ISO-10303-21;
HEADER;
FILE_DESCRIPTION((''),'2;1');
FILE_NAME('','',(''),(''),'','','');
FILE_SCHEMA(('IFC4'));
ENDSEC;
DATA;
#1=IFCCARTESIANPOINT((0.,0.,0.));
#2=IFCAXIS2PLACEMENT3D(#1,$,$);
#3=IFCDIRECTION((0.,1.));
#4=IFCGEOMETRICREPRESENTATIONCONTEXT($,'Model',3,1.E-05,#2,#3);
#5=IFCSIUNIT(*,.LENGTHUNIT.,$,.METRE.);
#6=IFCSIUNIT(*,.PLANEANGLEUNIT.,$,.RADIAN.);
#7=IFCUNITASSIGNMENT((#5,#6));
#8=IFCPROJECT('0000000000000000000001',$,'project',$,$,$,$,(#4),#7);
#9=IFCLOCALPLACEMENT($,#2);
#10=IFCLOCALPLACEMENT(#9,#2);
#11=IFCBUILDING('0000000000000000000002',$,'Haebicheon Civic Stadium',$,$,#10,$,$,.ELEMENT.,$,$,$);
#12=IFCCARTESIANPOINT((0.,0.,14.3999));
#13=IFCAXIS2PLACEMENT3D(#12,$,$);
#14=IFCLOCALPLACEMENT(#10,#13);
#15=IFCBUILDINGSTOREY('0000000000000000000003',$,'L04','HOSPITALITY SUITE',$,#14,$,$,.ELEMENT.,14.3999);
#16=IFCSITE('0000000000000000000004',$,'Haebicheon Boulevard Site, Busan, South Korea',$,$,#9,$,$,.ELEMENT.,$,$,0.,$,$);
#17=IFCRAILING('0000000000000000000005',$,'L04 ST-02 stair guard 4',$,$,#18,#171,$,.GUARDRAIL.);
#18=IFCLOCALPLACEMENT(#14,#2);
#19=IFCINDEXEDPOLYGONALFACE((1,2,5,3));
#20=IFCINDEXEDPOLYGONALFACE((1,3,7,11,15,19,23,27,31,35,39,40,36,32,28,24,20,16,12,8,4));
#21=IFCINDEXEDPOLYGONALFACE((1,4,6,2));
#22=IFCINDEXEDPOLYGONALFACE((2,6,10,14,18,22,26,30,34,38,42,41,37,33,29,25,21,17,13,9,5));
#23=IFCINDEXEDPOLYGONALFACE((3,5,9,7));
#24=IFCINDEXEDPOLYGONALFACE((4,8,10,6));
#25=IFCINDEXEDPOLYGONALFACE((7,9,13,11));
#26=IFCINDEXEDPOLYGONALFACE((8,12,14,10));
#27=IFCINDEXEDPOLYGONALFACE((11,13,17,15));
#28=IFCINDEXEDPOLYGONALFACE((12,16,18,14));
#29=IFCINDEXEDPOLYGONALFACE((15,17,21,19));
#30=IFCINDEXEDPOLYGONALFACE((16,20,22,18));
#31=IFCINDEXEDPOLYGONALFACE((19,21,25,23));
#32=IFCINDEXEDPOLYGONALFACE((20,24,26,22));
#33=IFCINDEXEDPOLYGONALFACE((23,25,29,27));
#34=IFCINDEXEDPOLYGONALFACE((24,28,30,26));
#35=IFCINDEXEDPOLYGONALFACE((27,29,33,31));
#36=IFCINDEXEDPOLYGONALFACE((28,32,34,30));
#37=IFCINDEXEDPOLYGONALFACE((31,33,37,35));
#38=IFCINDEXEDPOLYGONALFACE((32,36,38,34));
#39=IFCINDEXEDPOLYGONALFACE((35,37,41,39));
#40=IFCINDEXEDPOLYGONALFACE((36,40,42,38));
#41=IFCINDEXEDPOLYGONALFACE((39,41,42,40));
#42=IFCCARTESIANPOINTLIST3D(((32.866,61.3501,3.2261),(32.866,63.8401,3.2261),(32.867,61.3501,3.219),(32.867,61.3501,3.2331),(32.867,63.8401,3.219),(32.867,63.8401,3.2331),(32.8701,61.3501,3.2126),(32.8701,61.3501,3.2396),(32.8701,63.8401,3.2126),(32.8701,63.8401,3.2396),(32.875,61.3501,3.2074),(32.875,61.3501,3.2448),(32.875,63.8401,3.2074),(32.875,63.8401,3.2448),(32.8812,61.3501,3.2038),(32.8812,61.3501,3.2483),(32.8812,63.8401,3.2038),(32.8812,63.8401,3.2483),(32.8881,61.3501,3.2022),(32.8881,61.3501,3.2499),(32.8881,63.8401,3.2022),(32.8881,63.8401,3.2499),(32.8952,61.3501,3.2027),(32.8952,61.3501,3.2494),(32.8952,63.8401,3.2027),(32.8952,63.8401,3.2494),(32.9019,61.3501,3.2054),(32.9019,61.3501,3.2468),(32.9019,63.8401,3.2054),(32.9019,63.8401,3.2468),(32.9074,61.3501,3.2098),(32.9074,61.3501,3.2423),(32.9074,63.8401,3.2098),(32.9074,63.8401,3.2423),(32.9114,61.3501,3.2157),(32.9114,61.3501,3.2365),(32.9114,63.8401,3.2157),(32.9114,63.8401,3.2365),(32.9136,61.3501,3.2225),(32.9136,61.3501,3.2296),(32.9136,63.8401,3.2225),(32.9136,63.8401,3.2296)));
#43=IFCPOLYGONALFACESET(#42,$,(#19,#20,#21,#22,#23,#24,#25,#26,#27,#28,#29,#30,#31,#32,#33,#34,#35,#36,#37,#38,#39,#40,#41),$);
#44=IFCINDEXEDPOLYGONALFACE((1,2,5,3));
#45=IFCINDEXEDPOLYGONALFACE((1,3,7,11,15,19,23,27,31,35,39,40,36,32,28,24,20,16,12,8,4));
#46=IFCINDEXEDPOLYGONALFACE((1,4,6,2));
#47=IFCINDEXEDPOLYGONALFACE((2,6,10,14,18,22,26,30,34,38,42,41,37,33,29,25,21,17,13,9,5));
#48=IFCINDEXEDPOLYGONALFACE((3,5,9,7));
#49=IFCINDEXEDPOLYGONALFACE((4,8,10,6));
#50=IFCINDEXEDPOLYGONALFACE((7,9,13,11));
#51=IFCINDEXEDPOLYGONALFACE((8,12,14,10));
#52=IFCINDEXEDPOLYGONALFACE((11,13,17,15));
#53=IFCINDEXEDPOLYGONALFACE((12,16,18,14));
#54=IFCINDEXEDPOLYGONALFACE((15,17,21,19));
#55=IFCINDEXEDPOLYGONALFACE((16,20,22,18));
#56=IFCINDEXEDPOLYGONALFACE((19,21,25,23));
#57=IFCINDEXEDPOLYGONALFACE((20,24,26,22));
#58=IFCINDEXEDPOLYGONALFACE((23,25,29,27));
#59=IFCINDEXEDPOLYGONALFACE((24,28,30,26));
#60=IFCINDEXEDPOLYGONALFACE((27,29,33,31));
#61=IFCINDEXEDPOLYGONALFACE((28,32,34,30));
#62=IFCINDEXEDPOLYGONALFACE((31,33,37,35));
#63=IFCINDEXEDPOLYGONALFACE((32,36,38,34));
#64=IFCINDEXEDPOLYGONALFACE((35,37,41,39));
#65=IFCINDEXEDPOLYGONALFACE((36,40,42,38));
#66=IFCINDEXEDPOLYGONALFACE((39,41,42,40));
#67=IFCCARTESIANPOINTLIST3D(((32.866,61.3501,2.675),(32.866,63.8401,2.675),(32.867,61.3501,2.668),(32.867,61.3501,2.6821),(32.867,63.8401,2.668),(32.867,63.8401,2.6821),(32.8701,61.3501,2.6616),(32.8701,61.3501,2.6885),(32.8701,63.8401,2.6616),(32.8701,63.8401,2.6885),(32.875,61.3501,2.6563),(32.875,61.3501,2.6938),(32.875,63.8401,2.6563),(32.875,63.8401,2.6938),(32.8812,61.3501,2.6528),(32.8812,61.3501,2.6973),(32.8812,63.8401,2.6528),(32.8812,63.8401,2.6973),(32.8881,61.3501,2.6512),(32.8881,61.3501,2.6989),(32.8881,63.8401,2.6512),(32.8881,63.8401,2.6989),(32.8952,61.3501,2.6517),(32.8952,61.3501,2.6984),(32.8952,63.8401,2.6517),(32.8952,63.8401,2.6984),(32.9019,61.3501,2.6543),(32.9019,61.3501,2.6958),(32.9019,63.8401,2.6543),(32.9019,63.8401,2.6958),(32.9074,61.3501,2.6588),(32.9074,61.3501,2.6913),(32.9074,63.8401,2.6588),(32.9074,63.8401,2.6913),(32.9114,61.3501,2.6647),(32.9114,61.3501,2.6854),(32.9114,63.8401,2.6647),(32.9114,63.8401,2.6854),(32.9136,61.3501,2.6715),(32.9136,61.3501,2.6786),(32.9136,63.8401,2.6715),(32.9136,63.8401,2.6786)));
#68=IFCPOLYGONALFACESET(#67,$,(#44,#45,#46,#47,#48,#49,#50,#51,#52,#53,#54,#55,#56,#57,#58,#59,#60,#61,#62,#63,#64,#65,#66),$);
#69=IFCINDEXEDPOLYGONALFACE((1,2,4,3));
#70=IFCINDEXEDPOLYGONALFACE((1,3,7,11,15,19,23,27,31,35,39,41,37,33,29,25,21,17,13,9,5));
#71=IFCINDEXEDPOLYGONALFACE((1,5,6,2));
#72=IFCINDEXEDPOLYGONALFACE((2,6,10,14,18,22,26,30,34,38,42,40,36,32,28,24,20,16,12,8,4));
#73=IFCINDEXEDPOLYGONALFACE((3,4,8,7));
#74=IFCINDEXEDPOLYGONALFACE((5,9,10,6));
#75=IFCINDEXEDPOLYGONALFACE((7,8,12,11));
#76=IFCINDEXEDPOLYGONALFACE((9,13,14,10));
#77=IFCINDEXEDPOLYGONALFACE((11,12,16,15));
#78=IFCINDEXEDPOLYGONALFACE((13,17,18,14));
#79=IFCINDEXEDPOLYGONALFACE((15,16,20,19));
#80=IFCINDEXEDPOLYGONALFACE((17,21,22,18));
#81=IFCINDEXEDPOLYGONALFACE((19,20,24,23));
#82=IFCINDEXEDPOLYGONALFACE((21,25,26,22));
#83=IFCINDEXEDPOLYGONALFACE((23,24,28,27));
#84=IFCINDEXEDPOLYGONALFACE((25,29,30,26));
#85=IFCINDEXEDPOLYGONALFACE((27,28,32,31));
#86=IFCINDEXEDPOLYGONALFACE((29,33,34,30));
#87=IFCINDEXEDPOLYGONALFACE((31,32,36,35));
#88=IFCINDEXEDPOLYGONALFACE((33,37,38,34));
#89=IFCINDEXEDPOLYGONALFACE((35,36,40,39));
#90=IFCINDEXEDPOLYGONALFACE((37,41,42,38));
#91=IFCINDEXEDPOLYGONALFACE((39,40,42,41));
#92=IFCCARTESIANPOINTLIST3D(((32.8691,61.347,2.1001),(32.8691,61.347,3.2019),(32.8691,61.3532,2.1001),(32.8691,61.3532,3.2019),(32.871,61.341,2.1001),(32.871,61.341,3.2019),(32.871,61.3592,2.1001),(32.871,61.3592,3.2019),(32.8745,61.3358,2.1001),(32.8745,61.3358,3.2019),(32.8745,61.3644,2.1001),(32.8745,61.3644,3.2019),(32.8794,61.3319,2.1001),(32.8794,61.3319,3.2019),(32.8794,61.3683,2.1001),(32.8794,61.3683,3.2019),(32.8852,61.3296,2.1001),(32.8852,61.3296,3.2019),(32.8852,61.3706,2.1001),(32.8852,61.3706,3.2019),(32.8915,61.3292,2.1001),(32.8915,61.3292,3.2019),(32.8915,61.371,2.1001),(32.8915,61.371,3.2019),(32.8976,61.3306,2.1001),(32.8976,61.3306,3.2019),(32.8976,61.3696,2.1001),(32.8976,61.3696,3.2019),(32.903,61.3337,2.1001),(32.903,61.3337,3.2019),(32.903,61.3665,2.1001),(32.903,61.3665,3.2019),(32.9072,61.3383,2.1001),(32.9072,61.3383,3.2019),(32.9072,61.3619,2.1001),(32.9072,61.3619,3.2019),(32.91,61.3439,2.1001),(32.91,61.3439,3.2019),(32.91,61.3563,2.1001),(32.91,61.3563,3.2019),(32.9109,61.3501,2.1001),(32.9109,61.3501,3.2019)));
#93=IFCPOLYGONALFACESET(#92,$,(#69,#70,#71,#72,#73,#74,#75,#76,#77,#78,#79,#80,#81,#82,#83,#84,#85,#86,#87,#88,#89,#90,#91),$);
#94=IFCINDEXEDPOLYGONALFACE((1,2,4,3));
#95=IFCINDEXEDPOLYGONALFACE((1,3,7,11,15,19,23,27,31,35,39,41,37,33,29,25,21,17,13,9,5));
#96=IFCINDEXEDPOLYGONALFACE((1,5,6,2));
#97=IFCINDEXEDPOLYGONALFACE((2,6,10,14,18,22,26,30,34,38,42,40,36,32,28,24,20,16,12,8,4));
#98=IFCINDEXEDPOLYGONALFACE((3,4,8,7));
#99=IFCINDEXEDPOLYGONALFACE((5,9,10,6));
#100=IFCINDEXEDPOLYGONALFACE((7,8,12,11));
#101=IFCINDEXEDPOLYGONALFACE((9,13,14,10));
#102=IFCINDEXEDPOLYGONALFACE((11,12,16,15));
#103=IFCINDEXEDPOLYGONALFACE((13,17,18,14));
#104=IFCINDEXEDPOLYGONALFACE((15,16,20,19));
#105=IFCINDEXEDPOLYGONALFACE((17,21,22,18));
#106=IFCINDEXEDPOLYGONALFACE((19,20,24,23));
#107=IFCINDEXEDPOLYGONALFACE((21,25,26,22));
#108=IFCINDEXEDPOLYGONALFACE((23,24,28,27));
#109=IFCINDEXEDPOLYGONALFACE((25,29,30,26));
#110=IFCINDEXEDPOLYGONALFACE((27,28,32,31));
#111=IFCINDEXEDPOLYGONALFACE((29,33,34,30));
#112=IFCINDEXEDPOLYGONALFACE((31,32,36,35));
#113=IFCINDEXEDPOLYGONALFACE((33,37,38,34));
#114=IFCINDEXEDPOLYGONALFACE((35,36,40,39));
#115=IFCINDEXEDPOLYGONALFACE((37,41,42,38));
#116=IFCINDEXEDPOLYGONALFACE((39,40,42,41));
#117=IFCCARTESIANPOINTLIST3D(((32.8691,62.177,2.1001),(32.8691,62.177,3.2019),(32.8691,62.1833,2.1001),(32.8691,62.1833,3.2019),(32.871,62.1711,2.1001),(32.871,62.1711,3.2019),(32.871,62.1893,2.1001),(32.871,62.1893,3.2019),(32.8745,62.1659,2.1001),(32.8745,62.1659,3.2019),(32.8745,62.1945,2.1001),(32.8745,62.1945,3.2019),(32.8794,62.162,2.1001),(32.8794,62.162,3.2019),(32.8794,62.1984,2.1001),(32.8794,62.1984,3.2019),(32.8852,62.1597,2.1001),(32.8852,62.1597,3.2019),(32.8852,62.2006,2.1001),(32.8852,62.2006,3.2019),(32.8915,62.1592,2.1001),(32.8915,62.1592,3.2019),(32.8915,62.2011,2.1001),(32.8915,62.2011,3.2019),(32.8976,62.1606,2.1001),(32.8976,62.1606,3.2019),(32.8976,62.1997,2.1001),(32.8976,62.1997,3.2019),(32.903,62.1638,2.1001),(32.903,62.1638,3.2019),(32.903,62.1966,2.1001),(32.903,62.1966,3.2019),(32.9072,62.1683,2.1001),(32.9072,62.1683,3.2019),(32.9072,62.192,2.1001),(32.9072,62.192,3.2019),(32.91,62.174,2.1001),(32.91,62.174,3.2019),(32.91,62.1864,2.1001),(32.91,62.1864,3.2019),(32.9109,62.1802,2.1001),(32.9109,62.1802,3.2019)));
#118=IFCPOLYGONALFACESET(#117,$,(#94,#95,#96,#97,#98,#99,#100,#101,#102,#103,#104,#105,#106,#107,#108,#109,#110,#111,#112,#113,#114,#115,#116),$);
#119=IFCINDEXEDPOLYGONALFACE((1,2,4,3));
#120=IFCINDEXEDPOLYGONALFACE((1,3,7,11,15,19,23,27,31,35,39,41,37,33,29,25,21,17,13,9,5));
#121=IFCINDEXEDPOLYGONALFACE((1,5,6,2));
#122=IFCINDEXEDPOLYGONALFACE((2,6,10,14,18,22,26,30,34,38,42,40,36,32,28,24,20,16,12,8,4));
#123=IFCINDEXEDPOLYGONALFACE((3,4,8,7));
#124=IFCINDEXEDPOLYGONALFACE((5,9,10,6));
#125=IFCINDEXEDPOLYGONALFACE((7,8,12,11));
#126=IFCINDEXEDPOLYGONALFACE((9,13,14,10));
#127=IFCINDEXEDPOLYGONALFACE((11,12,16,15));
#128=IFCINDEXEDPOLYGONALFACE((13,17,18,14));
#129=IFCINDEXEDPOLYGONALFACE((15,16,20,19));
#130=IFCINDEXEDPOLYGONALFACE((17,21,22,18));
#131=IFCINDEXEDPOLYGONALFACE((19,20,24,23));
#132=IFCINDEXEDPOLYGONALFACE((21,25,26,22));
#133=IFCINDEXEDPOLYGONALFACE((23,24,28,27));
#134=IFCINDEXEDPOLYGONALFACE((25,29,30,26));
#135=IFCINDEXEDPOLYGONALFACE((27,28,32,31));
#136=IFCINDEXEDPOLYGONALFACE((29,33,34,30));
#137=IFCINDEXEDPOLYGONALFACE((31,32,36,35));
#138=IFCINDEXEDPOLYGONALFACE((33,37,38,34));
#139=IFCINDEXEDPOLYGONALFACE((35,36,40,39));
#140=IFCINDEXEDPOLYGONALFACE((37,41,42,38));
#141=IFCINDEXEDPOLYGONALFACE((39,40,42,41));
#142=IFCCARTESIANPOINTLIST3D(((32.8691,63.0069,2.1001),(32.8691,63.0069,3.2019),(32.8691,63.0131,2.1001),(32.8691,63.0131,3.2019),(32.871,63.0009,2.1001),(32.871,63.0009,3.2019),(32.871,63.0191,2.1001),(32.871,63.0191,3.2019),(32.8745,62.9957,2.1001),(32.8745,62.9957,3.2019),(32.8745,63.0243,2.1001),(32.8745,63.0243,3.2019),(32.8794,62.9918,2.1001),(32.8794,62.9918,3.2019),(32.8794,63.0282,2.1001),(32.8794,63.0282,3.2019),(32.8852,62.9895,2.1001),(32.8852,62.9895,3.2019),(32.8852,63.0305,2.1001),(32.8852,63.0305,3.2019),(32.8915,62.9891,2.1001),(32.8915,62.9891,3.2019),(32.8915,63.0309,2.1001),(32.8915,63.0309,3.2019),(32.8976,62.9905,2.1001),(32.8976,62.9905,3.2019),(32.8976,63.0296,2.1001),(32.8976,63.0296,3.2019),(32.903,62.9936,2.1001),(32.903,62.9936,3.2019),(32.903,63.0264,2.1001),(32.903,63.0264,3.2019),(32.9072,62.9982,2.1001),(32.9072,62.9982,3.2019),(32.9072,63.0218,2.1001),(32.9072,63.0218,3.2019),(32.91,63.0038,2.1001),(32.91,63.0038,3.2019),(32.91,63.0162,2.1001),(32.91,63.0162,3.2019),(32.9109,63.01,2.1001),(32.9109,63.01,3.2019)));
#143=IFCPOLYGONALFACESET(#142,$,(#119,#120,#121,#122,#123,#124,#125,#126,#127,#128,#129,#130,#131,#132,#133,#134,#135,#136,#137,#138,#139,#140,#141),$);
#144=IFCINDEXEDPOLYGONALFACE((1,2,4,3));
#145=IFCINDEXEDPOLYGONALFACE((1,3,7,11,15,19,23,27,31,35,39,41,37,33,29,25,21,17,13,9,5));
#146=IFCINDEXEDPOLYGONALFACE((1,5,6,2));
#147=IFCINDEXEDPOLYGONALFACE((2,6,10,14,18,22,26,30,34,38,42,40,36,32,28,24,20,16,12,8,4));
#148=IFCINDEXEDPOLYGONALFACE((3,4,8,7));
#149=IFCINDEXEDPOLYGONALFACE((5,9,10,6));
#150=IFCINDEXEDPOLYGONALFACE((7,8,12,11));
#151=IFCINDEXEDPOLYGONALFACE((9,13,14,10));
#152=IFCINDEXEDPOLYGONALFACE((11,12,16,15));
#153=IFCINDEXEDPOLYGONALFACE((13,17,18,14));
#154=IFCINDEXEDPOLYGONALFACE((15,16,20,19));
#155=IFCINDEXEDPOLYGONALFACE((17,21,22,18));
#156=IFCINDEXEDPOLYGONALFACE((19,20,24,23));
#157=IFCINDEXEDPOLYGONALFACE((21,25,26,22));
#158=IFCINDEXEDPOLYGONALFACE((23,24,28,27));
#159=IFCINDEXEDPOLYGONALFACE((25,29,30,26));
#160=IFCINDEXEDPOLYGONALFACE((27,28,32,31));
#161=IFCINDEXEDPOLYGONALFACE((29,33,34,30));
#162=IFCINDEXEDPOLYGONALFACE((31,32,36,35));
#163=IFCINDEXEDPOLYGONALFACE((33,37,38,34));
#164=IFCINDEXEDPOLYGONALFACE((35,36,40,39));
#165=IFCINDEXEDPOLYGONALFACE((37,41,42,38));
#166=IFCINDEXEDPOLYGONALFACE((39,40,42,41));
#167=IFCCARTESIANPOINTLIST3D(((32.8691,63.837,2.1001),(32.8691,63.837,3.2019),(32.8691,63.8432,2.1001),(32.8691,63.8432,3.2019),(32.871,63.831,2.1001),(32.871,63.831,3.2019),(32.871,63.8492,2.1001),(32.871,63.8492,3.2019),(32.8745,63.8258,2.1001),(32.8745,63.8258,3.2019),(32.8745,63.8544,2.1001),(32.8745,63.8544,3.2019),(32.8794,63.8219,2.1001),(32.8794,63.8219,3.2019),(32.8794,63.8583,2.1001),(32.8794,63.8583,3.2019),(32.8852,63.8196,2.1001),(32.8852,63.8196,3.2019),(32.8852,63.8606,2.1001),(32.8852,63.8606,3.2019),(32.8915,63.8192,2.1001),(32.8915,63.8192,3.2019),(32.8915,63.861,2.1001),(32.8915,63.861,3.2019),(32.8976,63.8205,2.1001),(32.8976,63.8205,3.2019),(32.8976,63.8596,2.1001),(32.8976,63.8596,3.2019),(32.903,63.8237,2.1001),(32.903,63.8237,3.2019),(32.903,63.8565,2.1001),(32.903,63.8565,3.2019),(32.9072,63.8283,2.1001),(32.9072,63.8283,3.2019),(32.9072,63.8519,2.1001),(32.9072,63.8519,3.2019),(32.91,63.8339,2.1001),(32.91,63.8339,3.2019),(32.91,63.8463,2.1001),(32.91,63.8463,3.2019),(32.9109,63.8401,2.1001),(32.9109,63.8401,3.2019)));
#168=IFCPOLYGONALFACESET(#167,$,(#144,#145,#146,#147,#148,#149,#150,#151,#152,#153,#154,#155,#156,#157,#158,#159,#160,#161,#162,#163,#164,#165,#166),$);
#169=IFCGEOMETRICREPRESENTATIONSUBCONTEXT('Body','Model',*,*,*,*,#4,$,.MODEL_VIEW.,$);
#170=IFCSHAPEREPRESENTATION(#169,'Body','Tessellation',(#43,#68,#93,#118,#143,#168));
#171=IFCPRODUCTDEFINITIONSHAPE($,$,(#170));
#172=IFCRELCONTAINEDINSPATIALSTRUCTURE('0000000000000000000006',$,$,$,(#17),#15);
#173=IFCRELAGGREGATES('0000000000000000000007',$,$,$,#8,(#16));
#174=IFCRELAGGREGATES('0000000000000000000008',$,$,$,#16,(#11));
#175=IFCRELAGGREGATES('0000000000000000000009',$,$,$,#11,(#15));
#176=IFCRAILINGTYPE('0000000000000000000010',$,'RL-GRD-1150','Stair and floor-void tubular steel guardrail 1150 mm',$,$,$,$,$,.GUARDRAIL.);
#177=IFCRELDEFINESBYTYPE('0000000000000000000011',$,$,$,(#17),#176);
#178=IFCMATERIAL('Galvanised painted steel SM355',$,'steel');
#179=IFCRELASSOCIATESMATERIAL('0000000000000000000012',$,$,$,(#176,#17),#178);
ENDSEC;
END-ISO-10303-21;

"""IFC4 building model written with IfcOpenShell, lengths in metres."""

from ifc_helpers import new_model, si_unit, direction, frame, origin, origin_2d, place, context, subcontext, project, spatial, circle, extrude, material, type_object, element, save


model = new_model("IFC4")

# Units and contexts
model_context = context("Model", 3, precision=1e-05, world=origin(), true_north=direction((0.0, 1.0)))
body_context = subcontext(model_context, "Body", "Model", "MODEL_VIEW")
ifc_project = project(units=[si_unit("LENGTHUNIT", "METRE"), si_unit("PLANEANGLEUNIT", "RADIAN")], contexts=[model_context])

# Site, building, storey
site_placement = place(None, origin())
site = spatial("IfcSite", under=ifc_project, at=site_placement, Name="Haebicheon Boulevard Site, Busan, South Korea", CompositionType="ELEMENT", RefElevation=0.0)
building_placement = place(site_placement, origin())
building = spatial("IfcBuilding", under=site, at=building_placement, Name="Haebicheon Civic Stadium", CompositionType="ELEMENT")
storey_placement = place(building_placement, frame((0.0, 0.0, 14.3999)))
storey = spatial("IfcBuildingStorey", under=building, at=storey_placement, Name="L04", Description="HOSPITALITY SUITE", CompositionType="ELEMENT", Elevation=14.3999)

# Railing
ifc_material_1 = material(Name="Galvanised painted steel SM355", Category="steel")
railing_type_1 = type_object("IfcRailingType", Name="RL-GRD-1150", Description="Stair and floor-void tubular steel guardrail 1150 mm", PredefinedType="GUARDRAIL", material=ifc_material_1)
for number, where, name in (
    (1, (32.8899, 61.3501, 2.1001), "L04 ST-02 stair guard 4"),
):
    element("IfcRailing", number, at=place(storey_placement, frame(where)), inside=storey, type_object=railing_type_1, material=ifc_material_1, Name=name, PredefinedType="GUARDRAIL", context=body_context, shape_type="SweptSolid", body=[
        extrude(circle(Radius=0.0239, at=origin_2d()), frame((0.0, 0.0, 1.126), z_axis=(0.0, 1.0, 0.0), x_axis=(-1.0, 0.0, 0.0)), (0.0, 0.0, 1.0), 2.49),
        extrude(circle(Radius=0.0239, at=origin_2d()), frame((0.0, 0.0, 0.575), z_axis=(0.0, 1.0, 0.0), x_axis=(-1.0, 0.0, 0.0)), (0.0, 0.0, 1.0), 2.49),
        extrude(circle(Radius=0.021, at=origin_2d()), origin(), (0.0, 0.0, 1.0), 1.1018),
        extrude(circle(Radius=0.021, at=origin_2d()), frame((0.0, 0.8301, 0.0)), (0.0, 0.0, 1.0), 1.1018),
        extrude(circle(Radius=0.021, at=origin_2d()), frame((0.0, 1.6599, 0.0)), (0.0, 0.0, 1.0), 1.1018),
        extrude(circle(Radius=0.021, at=origin_2d()), frame((0.0, 2.49, 0.0)), (0.0, 0.0, 1.0), 1.1018),
    ])

save(model, "model.ifc")
